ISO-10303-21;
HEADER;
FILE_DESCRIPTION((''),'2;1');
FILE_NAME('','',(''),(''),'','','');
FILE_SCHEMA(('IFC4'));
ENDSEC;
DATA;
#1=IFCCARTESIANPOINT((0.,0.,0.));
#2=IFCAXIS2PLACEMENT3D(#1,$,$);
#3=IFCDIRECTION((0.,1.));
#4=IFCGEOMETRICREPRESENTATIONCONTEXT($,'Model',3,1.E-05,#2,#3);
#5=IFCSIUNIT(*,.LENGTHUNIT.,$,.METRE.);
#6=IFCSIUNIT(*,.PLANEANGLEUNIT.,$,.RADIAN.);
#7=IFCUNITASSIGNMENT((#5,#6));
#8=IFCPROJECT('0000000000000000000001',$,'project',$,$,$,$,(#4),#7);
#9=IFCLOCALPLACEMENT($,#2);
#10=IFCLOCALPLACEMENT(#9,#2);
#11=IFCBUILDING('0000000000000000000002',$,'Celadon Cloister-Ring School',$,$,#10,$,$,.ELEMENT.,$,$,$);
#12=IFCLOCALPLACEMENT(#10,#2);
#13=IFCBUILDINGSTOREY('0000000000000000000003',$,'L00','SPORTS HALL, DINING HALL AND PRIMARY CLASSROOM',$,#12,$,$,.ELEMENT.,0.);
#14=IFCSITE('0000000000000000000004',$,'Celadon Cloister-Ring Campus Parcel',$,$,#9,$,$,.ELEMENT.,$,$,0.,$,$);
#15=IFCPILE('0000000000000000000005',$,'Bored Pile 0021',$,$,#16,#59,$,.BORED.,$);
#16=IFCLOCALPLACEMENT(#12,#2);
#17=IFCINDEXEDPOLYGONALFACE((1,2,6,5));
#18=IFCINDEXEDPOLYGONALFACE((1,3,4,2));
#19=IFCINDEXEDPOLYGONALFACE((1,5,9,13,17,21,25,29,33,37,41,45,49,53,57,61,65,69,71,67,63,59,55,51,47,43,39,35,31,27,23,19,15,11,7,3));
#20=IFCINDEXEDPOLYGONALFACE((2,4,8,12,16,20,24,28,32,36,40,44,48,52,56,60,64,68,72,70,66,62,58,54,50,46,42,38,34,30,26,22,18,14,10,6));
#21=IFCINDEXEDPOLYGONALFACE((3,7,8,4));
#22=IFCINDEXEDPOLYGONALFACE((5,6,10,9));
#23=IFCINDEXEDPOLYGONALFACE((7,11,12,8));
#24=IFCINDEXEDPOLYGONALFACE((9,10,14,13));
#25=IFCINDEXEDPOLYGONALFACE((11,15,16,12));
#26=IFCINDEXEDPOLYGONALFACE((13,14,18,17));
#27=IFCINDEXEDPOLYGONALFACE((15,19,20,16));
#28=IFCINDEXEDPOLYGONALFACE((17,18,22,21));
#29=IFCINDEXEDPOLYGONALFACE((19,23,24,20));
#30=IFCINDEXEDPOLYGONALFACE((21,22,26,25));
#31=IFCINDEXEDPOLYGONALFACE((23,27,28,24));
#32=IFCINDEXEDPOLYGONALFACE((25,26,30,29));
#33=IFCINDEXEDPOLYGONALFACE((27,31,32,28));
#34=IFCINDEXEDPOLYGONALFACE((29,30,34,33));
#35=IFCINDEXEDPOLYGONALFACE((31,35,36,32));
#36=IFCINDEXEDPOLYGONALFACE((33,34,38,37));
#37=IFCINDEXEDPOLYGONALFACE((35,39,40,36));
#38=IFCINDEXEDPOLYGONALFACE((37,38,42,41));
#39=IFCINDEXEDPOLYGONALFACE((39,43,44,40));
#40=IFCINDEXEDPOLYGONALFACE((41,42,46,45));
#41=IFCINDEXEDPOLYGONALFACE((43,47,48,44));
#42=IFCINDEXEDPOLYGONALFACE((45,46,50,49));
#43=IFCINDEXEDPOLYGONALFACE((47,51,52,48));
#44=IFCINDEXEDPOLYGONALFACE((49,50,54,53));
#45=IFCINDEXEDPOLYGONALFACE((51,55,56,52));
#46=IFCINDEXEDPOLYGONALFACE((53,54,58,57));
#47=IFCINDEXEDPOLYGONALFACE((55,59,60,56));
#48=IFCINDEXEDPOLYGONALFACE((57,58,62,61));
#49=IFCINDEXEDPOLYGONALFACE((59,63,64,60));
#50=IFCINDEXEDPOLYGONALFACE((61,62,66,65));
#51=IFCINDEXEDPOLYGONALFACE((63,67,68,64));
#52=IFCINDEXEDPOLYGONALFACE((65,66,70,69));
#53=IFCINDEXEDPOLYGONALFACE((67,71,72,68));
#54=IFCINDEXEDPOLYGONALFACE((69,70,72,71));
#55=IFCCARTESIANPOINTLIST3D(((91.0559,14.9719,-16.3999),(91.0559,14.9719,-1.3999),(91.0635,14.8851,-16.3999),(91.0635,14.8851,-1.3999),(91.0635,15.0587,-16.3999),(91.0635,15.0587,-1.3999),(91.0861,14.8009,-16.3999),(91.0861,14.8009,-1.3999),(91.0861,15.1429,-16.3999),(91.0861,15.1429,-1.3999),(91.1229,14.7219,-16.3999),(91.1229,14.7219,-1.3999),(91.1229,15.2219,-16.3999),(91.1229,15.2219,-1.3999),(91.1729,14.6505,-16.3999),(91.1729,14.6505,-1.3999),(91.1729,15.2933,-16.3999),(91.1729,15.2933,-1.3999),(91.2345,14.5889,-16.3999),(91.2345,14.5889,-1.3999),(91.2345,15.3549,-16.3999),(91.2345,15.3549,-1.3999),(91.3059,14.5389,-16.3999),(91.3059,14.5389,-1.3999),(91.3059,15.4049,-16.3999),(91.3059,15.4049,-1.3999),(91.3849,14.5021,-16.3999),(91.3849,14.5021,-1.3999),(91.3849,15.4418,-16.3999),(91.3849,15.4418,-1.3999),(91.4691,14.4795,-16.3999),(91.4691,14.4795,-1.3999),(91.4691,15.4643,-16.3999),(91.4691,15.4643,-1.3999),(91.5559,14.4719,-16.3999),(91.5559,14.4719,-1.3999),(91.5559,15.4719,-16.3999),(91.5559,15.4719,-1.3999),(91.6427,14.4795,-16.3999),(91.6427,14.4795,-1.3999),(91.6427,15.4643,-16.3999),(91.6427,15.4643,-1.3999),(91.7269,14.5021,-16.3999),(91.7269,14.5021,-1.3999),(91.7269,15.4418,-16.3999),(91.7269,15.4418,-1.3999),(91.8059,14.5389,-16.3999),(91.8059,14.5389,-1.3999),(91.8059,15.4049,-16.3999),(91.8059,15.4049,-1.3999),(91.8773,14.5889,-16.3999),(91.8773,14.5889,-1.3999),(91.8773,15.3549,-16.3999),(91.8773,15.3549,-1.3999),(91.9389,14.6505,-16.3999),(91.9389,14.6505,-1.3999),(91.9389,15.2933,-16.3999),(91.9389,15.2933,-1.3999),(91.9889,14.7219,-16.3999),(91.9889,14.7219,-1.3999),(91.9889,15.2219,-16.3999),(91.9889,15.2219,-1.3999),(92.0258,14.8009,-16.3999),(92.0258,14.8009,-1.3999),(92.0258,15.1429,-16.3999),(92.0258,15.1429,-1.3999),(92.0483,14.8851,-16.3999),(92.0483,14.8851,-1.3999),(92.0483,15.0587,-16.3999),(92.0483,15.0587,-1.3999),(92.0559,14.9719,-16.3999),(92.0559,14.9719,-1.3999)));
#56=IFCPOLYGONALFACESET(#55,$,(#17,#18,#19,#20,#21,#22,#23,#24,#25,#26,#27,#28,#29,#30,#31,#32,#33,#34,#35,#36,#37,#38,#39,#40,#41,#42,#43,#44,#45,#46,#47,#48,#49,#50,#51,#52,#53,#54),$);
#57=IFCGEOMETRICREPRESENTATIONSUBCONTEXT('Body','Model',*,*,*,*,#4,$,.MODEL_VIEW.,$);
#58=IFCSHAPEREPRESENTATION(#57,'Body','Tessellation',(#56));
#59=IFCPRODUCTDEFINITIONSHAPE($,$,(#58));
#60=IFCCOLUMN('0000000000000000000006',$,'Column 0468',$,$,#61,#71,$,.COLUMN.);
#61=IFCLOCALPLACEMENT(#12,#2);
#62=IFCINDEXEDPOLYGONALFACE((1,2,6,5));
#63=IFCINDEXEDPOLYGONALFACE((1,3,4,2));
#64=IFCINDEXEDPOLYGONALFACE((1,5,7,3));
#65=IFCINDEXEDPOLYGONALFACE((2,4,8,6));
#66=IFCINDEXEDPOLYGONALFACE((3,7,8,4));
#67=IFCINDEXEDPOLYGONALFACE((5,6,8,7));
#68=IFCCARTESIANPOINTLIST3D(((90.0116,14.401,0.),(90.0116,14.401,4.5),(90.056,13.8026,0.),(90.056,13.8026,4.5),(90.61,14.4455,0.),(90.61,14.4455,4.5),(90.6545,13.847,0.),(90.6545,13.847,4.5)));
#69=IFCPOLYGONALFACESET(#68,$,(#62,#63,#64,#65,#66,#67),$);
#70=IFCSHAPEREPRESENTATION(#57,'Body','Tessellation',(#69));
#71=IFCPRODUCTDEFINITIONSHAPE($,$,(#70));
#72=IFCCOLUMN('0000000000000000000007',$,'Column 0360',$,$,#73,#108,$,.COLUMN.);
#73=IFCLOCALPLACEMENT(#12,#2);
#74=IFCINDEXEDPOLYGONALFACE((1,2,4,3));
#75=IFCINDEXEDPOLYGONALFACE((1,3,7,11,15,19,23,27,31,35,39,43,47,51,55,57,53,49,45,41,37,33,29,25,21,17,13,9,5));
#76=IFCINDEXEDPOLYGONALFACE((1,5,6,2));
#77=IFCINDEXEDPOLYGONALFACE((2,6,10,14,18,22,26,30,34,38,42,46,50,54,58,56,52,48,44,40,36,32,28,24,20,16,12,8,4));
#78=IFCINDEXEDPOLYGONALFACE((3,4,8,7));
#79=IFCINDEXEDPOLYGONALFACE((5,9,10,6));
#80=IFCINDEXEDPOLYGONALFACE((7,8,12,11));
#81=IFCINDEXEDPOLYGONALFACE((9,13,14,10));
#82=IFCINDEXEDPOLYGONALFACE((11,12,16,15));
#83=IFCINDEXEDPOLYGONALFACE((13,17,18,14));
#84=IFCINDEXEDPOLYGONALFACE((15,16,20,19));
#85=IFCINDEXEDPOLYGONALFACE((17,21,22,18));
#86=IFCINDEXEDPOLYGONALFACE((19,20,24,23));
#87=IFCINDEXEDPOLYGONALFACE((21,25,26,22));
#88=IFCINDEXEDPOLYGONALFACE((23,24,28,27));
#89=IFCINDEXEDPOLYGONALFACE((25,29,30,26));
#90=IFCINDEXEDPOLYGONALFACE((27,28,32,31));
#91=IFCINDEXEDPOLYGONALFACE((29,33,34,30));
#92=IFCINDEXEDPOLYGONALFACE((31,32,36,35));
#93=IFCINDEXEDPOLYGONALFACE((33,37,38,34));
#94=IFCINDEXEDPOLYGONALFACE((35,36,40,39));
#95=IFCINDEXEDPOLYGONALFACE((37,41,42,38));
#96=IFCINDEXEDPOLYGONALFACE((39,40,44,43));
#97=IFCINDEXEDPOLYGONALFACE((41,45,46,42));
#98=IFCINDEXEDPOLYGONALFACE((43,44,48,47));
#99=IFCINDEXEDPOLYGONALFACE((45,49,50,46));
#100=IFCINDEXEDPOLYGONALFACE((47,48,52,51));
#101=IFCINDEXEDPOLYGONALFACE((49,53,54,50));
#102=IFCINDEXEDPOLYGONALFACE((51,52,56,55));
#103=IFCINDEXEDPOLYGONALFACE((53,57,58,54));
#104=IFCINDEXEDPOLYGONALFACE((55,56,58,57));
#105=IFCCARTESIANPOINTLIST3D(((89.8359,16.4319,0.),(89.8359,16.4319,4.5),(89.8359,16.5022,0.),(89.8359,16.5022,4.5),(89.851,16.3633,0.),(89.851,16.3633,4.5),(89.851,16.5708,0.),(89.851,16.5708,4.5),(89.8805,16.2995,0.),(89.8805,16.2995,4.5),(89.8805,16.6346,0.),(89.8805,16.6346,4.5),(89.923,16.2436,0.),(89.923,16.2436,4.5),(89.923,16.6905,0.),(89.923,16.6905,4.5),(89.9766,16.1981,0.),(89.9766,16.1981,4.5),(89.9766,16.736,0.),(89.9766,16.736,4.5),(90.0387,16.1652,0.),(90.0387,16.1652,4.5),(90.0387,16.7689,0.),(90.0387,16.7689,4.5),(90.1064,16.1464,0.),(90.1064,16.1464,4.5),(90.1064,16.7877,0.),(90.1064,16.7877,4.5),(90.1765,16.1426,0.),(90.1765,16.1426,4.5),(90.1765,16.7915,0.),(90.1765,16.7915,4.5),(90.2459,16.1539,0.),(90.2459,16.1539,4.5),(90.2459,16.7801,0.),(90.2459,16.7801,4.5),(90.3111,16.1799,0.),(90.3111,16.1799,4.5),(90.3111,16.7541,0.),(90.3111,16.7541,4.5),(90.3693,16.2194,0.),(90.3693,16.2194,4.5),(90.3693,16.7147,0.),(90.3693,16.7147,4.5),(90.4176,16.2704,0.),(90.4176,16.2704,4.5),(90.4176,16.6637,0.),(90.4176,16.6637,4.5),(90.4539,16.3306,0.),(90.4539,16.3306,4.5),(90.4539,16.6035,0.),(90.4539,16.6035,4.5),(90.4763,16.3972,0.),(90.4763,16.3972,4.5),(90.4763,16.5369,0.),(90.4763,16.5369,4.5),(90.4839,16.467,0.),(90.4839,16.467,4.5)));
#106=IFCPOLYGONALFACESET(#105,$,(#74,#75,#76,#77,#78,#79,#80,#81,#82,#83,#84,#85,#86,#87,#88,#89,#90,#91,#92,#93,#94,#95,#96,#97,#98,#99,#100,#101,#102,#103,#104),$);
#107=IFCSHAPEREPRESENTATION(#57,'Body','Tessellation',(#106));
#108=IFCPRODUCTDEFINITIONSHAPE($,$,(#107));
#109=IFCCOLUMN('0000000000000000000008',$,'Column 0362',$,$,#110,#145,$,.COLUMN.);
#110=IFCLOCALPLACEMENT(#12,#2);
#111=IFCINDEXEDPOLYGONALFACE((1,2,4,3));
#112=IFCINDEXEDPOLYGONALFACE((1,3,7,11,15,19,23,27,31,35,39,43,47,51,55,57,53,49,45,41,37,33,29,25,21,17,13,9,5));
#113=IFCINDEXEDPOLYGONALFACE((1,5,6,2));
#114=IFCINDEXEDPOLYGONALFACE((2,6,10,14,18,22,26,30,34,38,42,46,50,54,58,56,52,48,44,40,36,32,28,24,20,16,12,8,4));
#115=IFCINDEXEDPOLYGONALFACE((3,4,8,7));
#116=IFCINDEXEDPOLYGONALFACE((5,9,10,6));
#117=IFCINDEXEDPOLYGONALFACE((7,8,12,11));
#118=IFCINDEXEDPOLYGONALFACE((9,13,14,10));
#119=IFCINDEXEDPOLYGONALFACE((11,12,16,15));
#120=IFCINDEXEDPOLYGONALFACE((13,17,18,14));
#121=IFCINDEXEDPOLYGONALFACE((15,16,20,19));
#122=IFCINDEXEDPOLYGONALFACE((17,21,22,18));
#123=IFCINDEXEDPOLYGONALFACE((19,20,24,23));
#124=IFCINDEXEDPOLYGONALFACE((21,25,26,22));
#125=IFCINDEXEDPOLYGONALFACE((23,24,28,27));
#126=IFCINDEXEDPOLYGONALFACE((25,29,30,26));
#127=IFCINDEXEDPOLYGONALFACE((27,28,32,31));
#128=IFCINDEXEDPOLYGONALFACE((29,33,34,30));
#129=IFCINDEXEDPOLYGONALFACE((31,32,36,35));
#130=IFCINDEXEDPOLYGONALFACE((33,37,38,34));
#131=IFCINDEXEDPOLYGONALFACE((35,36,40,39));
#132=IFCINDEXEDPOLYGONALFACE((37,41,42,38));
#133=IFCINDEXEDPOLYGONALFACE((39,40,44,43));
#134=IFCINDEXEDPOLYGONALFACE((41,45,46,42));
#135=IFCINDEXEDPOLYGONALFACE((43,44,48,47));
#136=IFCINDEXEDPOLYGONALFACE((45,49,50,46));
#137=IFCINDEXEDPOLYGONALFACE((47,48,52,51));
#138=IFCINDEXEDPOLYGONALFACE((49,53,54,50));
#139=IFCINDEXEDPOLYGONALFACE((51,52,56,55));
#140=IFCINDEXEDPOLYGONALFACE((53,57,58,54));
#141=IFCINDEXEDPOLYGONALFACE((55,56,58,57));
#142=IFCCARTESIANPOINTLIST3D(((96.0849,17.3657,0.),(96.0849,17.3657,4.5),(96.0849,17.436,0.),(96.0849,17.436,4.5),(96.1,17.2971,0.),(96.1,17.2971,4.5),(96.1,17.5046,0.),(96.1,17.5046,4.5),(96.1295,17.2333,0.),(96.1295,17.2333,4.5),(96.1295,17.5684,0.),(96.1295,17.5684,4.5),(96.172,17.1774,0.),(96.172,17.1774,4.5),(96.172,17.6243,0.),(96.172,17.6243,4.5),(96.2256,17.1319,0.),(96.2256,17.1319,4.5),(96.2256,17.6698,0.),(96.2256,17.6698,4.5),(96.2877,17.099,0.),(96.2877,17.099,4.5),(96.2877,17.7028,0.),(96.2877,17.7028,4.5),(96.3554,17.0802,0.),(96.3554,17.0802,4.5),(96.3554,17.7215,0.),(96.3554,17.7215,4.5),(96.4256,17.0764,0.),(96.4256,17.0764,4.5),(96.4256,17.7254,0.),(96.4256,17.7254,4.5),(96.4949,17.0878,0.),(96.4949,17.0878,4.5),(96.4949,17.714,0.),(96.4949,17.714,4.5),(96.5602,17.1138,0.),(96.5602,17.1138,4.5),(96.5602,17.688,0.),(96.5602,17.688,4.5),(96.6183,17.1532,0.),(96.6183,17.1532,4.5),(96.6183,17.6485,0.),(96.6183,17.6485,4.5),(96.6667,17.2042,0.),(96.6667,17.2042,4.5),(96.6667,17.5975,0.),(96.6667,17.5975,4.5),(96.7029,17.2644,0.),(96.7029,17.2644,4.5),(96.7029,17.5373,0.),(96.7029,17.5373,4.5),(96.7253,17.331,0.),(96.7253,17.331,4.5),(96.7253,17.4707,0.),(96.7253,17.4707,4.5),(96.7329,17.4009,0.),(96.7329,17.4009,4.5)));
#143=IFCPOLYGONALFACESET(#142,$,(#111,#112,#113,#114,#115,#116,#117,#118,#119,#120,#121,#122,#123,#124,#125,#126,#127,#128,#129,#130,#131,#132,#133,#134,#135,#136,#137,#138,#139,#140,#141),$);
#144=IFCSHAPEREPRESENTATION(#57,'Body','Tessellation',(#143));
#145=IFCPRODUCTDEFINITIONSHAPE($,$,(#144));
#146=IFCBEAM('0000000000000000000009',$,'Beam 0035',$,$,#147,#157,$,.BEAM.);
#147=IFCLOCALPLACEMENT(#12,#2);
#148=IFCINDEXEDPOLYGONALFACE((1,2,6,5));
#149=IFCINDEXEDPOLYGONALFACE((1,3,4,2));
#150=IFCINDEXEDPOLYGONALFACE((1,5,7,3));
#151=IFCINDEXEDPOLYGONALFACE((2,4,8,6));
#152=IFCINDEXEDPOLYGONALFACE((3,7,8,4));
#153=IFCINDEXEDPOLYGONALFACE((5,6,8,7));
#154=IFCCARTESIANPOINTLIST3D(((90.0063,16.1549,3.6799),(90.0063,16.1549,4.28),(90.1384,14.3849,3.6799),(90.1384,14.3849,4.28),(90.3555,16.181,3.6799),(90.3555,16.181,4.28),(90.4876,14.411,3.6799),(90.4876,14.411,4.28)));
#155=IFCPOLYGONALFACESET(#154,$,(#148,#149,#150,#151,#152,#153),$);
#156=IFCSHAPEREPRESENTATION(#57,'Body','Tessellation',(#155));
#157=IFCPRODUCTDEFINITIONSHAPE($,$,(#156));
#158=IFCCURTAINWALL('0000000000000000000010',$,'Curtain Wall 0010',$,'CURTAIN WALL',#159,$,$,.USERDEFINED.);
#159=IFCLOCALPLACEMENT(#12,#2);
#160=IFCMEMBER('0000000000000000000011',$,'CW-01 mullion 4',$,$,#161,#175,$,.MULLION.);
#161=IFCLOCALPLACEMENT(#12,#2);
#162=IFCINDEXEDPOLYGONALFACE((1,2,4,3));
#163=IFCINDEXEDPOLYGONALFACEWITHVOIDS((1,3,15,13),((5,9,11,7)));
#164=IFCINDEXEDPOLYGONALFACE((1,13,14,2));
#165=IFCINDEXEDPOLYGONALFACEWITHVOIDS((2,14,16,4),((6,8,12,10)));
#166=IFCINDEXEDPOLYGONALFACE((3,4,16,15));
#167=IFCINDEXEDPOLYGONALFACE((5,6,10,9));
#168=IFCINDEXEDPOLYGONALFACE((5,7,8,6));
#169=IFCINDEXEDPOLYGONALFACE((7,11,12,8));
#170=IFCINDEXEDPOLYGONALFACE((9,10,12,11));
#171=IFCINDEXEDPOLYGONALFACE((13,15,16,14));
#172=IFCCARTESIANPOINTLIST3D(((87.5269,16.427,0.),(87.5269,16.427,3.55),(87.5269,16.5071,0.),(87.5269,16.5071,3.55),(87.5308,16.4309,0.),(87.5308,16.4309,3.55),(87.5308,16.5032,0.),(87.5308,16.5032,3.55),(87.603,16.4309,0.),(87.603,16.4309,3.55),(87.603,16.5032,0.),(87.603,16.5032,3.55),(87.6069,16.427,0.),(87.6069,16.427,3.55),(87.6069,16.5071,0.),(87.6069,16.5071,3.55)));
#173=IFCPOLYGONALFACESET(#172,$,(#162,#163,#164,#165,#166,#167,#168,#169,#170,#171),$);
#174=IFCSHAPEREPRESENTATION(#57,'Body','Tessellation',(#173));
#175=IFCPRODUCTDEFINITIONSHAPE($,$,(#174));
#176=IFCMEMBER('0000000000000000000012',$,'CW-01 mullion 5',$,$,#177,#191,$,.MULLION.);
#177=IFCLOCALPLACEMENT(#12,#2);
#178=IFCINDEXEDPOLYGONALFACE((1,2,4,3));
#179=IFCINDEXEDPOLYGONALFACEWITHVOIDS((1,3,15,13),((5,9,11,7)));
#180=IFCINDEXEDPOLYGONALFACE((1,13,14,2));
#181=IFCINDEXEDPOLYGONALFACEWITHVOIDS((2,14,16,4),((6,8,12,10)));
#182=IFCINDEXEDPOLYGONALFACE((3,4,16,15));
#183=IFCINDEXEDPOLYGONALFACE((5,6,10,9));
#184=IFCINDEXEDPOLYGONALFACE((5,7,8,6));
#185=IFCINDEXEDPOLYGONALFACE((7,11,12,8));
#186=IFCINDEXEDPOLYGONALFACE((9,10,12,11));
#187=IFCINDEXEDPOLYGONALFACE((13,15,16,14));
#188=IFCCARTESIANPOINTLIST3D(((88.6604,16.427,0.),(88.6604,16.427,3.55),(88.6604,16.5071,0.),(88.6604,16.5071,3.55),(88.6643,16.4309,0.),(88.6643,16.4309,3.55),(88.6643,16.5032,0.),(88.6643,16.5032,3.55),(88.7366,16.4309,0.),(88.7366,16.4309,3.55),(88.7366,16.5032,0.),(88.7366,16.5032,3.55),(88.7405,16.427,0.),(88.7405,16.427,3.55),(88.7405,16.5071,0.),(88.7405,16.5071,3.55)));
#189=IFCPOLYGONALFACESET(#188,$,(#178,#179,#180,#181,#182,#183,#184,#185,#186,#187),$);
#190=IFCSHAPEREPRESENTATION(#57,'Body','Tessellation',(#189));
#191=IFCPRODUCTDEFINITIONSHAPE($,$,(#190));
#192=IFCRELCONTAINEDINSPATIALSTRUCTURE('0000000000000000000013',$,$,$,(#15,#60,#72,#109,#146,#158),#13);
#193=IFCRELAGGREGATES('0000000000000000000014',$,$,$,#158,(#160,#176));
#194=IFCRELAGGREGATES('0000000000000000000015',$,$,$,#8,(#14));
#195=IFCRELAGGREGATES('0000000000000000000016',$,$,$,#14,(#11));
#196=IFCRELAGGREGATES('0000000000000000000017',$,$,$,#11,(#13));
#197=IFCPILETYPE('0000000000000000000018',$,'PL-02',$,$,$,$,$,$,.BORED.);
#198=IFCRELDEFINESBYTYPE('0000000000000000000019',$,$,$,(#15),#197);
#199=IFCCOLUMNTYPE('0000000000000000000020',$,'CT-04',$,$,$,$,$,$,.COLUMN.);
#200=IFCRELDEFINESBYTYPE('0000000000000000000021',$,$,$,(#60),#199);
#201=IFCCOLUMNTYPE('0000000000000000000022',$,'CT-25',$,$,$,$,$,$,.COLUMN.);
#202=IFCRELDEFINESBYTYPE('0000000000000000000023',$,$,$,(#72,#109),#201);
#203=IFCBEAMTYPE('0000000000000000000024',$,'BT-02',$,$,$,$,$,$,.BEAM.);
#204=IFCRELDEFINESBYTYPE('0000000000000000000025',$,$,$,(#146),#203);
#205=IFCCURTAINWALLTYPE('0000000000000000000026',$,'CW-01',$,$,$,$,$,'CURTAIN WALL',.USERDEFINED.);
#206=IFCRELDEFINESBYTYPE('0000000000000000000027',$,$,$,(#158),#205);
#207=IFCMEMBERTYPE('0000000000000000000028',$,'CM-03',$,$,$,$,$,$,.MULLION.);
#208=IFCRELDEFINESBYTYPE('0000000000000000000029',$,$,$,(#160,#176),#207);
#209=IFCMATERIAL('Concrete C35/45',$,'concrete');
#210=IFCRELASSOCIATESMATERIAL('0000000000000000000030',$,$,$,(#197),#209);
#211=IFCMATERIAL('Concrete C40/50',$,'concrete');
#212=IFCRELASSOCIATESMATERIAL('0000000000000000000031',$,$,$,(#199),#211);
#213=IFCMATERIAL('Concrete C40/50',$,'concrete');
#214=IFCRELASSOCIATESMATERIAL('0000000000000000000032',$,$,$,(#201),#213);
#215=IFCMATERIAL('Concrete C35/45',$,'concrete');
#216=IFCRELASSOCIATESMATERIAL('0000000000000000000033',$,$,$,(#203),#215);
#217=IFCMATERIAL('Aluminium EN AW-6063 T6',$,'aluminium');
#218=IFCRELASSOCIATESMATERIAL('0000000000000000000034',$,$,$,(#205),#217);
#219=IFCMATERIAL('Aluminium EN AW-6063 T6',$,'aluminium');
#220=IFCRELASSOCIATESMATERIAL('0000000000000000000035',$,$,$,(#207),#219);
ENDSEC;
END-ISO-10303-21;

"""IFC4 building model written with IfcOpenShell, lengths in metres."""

from ifc_helpers import new_model, si_unit, direction, frame, origin, origin_2d, place, context, subcontext, project, spatial, rectangle, hollow_rectangle, circle, extrude, material, material_profile, profile_set, type_object, element, aggregate, save


model = new_model("IFC4")

# Units and contexts
model_context = context("Model", 3, precision=1e-05, world=origin(), true_north=direction((0.0, 1.0)))
body_context = subcontext(model_context, "Body", "Model", "MODEL_VIEW")
ifc_project = project(units=[si_unit("LENGTHUNIT", "METRE"), si_unit("PLANEANGLEUNIT", "RADIAN")], contexts=[model_context])

# Site, building, storey
site_placement = place(None, origin())
site = spatial("IfcSite", under=ifc_project, at=site_placement, Name="Celadon Cloister-Ring Campus Parcel", CompositionType="ELEMENT", RefElevation=0.0)
building_placement = place(site_placement, origin())
building = spatial("IfcBuilding", under=site, at=building_placement, Name="Celadon Cloister-Ring School", CompositionType="ELEMENT")
storey_placement = place(building_placement, origin())
storey = spatial("IfcBuildingStorey", under=building, at=storey_placement, Name="L00", Description="SPORTS HALL, DINING HALL AND PRIMARY CLASSROOM", CompositionType="ELEMENT", Elevation=0.0)

# Pile
ifc_material_1 = material(Name="Concrete C35/45", Category="concrete")
ifc_material_profile_1 = material_profile(ifc_material_1, circle(Radius=0.5, at=origin_2d()), Name="PILE1000")
ifc_profile_set_1 = profile_set([ifc_material_profile_1], Name="Concrete C35/45")
pile_type = type_object("IfcPileType", Name="PL-02", PredefinedType="BORED", material=ifc_profile_set_1)
pile_placement = place(storey_placement, frame((91.5559, 14.9719, -1.3999), z_axis=(0.0, 0.0, -1.0), x_axis=(1.0, 0.0, 0.0)))
element("IfcPile", 1, at=pile_placement, inside=storey, type_object=pile_type, Name="Bored Pile 0021", PredefinedType="BORED", context=body_context, shape_type="SweptSolid", body=[
    extrude(circle(Radius=0.5, at=origin_2d()), origin(), (0.0, 0.0, 1.0), 15.0),
])

# Columns
ifc_material_2 = material(Name="Concrete C40/50", Category="concrete")
ifc_material_profile_2 = material_profile(ifc_material_2, rectangle(XDim=0.6001, YDim=0.6001, at=origin_2d()), Name="RC600X600")
ifc_profile_set_2 = profile_set([ifc_material_profile_2], Name="Concrete C40/50")
column_type_1 = type_object("IfcColumnType", Name="CT-04", PredefinedType="COLUMN", material=ifc_profile_set_2)
column_placement = place(storey_placement, frame((90.333, 14.124, 0.0), z_axis=(0.0, 0.0, 1.0), x_axis=(0.074074, -0.997253, 0.0)))
element("IfcColumn", 2, at=column_placement, inside=storey, type_object=column_type_1, Name="Column 0468", PredefinedType="COLUMN", context=body_context, shape_type="SweptSolid", body=[
    extrude(rectangle(XDim=0.6001, YDim=0.6001, at=origin_2d()), origin(), (0.0, 0.0, 1.0), 4.5),
])
ifc_material_3 = material(Name="Concrete C40/50", Category="concrete")
ifc_material_profile_3 = material_profile(ifc_material_3, circle(Radius=0.325, at=origin_2d()), Name="CIRC650")
ifc_profile_set_3 = profile_set([ifc_material_profile_3], Name="Concrete C40/50")
column_type_2 = type_object("IfcColumnType", Name="CT-25", PredefinedType="COLUMN", material=ifc_profile_set_3)
for number, where, z_axis, x_axis, name in (
    (3, (90.1589, 16.467, 0.0), (0.0, 0.0, 1.0), (1.0, 0.0, 0.0), "Column 0360"),
    (4, (96.408, 17.4009, 0.0), (0.0, 0.0, 1.0), (1.0, 0.0, 0.0), "Column 0362"),
):
    element("IfcColumn", number, at=place(storey_placement, frame(where, z_axis=z_axis, x_axis=x_axis)), inside=storey, type_object=column_type_2, Name=name, PredefinedType="COLUMN", context=body_context, shape_type="SweptSolid", body=[
        extrude(circle(Radius=0.325, at=origin_2d()), origin(), (0.0, 0.0, 1.0), 4.5),
    ])

# Beam
ifc_material_4 = material(Name="Concrete C35/45", Category="concrete")
ifc_material_profile_4 = material_profile(ifc_material_4, rectangle(XDim=0.3501, YDim=0.6001, at=origin_2d()), Name="RC350X600")
ifc_profile_set_4 = profile_set([ifc_material_profile_4], Name="Concrete C35/45")
beam_type_1 = type_object("IfcBeamType", Name="BT-02", PredefinedType="BEAM", material=ifc_profile_set_4)
beam_1_placement = place(storey_placement, frame((90.313, 14.3979, 3.98), z_axis=(-0.074414, 0.997227, 0.0), x_axis=(-0.997227, -0.074414, 0.0)))
element("IfcBeam", 5, at=beam_1_placement, inside=storey, type_object=beam_type_1, Name="Beam 0035", PredefinedType="BEAM", context=body_context, shape_type="SweptSolid", body=[
    extrude(rectangle(XDim=0.3501, YDim=0.6001, at=origin_2d()), origin(), (0.0, 0.0, 1.0), 1.7749),
])

# Curtain wall, members
ifc_material_5 = material(Name="Aluminium EN AW-6063 T6", Category="aluminium")
curtain_wall_type = type_object("IfcCurtainWallType", Name="CW-01", ElementType="CURTAIN WALL", PredefinedType="USERDEFINED", material=ifc_material_5)
curtain_wall_1_placement = place(storey_placement, origin())
curtain_wall_1 = element("IfcCurtainWall", 6, at=curtain_wall_1_placement, inside=storey, type_object=curtain_wall_type, Name="Curtain Wall 0010", ObjectType="CURTAIN WALL", PredefinedType="USERDEFINED")
ifc_material_6 = material(Name="Aluminium EN AW-6063 T6", Category="aluminium")
ifc_material_profile_5 = material_profile(ifc_material_6, hollow_rectangle(XDim=0.0801, YDim=0.0801, WallThickness=0.0039, at=origin_2d()), Name="RHS80X80X4")
ifc_profile_set_5 = profile_set([ifc_material_profile_5], Name="Aluminium EN AW-6063 T6")
member_type_1 = type_object("IfcMemberType", Name="CM-03", PredefinedType="MULLION", material=ifc_profile_set_5)
member_1_placement = place(storey_placement, frame((87.5669, 16.467, 0.0), z_axis=(0.0, 0.0, 1.0), x_axis=(0.0, 1.0, 0.0)))
member_1 = element("IfcMember", 7, at=member_1_placement, type_object=member_type_1, Name="CW-01 mullion 4", PredefinedType="MULLION", context=body_context, shape_type="SweptSolid", body=[
    extrude(hollow_rectangle(XDim=0.0801, YDim=0.0801, WallThickness=0.0039, at=origin_2d()), origin(), (0.0, 0.0, 1.0), 3.55),
])
member_2_placement = place(storey_placement, frame((88.7004, 16.467, 0.0), z_axis=(0.0, 0.0, 1.0), x_axis=(0.0, 1.0, 0.0)))
member_2 = element("IfcMember", 8, at=member_2_placement, type_object=member_type_1, Name="CW-01 mullion 5", PredefinedType="MULLION", context=body_context, shape_type="SweptSolid", body=[
    extrude(hollow_rectangle(XDim=0.0801, YDim=0.0801, WallThickness=0.0039, at=origin_2d()), origin(), (0.0, 0.0, 1.0), 3.55),
])

aggregate(curtain_wall_1, [member_1, member_2])

save(model, "model.ifc")
